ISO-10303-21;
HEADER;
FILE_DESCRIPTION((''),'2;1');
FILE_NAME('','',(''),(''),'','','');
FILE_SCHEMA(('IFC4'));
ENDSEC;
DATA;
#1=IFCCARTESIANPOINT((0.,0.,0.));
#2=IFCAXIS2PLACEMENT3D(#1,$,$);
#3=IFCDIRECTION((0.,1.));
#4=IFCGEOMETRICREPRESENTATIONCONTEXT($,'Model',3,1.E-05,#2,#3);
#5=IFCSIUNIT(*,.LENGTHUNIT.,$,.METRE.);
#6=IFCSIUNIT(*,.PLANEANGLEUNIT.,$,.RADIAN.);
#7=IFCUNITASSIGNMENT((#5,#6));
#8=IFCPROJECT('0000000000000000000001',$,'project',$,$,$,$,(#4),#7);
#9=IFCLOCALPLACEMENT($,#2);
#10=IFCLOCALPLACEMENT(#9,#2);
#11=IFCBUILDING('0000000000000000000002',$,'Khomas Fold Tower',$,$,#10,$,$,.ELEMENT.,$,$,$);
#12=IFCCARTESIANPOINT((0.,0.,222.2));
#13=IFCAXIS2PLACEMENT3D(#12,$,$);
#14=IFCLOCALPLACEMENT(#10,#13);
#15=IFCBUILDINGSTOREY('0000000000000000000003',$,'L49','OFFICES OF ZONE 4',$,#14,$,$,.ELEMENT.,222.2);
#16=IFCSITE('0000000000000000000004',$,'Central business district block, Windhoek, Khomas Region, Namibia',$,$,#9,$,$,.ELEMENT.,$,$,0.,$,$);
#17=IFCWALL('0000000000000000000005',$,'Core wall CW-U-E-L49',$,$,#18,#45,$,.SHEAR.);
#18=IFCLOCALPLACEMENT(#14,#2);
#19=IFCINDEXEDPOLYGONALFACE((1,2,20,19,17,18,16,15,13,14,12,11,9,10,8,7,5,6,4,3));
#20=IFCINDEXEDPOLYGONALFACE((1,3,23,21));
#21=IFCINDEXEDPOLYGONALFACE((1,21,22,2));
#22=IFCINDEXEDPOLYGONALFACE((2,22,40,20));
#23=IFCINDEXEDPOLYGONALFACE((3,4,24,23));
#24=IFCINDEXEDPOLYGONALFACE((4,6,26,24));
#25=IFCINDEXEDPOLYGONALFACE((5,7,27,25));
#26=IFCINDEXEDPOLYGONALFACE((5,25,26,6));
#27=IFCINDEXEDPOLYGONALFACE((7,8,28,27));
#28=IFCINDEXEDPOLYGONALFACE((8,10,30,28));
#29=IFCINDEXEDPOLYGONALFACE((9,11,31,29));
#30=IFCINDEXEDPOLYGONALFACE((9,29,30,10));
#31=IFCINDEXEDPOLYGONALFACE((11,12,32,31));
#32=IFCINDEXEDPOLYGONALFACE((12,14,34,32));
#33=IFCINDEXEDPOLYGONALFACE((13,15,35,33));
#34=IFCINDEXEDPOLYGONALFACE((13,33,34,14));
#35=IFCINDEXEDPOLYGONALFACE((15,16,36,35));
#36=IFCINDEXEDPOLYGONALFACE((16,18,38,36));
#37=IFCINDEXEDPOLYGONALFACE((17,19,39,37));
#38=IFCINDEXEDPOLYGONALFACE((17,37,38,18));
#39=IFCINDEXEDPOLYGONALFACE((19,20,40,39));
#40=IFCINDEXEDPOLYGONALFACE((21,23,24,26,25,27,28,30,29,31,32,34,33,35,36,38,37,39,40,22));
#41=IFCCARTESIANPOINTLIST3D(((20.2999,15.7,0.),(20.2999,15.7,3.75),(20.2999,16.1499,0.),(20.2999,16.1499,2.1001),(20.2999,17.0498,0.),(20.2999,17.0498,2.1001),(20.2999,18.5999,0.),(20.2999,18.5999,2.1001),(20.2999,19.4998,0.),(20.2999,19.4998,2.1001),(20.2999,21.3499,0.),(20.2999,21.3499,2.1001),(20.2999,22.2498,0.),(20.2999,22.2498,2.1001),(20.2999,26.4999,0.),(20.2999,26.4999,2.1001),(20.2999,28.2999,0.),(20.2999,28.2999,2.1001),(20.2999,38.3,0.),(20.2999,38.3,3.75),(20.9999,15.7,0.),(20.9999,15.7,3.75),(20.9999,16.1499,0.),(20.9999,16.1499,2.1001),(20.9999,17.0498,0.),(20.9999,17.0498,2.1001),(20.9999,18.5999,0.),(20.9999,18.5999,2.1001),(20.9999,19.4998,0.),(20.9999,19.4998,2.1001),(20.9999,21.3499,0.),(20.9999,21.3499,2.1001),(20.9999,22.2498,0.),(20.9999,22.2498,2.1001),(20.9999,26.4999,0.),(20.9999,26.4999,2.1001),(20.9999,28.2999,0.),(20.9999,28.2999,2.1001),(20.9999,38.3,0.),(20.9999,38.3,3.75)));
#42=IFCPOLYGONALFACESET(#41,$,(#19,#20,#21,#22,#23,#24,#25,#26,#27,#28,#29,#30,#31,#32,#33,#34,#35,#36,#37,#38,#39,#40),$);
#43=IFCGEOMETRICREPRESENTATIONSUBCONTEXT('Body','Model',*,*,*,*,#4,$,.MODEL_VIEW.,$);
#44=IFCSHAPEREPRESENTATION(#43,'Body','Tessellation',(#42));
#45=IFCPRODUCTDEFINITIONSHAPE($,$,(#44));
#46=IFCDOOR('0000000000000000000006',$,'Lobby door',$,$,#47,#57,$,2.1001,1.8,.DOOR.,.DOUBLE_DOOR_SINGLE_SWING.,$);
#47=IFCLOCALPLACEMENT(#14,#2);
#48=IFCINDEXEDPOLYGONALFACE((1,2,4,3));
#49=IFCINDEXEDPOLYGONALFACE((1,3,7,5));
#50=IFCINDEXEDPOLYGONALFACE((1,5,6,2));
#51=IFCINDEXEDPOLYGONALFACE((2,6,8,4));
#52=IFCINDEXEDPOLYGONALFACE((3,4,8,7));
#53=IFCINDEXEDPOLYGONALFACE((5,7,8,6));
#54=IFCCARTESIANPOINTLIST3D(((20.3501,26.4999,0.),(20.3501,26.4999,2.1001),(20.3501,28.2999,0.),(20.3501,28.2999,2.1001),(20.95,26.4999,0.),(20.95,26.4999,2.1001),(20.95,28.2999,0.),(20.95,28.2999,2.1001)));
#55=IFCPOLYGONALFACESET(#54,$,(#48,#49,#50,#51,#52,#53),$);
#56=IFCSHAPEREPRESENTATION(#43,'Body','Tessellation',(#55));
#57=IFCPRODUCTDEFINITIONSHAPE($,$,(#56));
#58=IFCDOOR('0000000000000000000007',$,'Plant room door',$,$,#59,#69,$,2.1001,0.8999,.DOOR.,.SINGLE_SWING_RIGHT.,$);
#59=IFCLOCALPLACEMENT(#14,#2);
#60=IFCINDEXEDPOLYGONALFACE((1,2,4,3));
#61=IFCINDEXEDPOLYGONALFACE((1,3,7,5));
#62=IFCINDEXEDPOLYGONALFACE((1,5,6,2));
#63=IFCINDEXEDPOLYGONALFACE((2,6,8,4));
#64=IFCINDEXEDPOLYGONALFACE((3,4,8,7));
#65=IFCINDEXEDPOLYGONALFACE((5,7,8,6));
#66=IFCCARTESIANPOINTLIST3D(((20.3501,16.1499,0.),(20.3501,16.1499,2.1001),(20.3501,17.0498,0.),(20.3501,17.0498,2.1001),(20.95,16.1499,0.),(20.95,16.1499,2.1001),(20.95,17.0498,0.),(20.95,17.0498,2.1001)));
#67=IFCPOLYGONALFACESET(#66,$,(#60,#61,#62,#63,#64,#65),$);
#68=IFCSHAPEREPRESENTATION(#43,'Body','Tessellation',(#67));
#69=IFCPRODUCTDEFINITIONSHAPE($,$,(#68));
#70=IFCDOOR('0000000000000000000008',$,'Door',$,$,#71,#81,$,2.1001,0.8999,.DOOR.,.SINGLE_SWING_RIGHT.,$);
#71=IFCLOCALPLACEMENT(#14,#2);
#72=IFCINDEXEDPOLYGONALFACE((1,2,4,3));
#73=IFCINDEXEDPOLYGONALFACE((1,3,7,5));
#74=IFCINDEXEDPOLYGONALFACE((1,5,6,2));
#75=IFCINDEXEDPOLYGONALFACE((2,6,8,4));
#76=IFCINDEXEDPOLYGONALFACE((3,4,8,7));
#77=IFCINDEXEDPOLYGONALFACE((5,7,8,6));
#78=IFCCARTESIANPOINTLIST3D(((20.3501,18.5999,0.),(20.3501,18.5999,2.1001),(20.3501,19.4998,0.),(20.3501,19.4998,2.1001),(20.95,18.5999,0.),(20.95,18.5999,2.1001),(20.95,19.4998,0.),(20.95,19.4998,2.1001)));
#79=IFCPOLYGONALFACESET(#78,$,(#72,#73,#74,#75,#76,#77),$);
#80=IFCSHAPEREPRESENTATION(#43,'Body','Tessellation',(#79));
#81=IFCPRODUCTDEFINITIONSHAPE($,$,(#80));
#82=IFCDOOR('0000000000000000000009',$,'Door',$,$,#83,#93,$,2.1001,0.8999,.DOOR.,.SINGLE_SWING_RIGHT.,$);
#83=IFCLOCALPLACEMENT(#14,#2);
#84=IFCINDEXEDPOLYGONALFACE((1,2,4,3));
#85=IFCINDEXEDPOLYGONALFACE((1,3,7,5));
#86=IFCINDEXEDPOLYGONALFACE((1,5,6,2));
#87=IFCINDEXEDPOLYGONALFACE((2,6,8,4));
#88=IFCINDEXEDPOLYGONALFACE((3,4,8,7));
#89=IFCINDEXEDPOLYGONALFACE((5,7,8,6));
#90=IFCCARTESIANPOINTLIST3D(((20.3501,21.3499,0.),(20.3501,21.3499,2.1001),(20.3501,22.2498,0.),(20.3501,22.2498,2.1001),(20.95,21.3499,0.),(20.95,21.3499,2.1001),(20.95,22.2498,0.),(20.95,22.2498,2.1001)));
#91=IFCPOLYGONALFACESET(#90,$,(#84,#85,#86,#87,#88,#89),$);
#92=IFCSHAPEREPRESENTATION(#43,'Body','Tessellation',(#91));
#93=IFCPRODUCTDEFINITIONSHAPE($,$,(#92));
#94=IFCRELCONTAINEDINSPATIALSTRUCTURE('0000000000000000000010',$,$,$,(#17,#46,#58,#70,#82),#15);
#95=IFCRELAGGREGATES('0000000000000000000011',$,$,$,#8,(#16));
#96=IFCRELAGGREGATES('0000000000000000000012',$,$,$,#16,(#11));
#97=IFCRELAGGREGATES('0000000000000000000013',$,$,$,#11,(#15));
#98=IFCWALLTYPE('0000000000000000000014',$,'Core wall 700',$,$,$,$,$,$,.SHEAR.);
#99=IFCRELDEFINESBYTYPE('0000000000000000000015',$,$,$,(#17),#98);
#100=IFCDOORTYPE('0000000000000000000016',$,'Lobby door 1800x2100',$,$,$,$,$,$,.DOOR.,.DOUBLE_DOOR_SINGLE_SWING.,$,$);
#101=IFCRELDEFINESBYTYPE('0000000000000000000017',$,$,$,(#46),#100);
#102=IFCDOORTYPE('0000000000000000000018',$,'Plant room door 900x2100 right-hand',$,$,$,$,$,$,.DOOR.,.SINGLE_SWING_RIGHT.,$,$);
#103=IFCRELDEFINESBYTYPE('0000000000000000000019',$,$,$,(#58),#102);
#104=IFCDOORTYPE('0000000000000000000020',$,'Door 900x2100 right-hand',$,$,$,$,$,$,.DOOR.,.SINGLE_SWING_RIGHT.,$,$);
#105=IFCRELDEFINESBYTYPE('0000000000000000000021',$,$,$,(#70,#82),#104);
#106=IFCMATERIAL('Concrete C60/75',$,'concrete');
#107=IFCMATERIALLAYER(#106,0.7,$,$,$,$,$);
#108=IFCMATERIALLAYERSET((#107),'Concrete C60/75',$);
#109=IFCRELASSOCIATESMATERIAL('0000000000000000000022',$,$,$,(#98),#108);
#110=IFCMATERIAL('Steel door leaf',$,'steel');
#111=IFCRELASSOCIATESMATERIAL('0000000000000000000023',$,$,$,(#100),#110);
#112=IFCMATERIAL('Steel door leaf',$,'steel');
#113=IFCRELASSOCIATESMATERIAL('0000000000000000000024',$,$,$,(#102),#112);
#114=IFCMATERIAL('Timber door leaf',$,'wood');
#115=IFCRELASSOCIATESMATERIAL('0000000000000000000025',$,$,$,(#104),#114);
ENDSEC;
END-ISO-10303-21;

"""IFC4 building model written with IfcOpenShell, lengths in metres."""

from ifc_helpers import new_model, si_unit, direction, frame, frame_2d, origin, place, context, subcontext, project, spatial, rectangle, extrude, source, transform, mapped, material, layer, layer_set, type_object, element, fill, save


model = new_model("IFC4")

# Units and contexts
model_context = context("Model", 3, precision=1e-05, world=origin(), true_north=direction((0.0, 1.0)))
body_context = subcontext(model_context, "Body", "Model", "MODEL_VIEW")
ifc_project = project(units=[si_unit("LENGTHUNIT", "METRE"), si_unit("PLANEANGLEUNIT", "RADIAN")], contexts=[model_context])

# Site, building, storey
site_placement = place(None, origin())
site = spatial("IfcSite", under=ifc_project, at=site_placement, Name="Central business district block, Windhoek, Khomas Region, Namibia", CompositionType="ELEMENT", RefElevation=0.0)
building_placement = place(site_placement, origin())
building = spatial("IfcBuilding", under=site, at=building_placement, Name="Khomas Fold Tower", CompositionType="ELEMENT")
storey_placement = place(building_placement, frame((0.0, 0.0, 222.2)))
storey = spatial("IfcBuildingStorey", under=building, at=storey_placement, Name="L49", Description="OFFICES OF ZONE 4", CompositionType="ELEMENT", Elevation=222.2)

# Wall, openings, doors
ifc_material_1 = material(Name="Concrete C60/75", Category="concrete")
ifc_layer_1 = layer(ifc_material_1, 0.7)
ifc_layer_set_1 = layer_set([ifc_layer_1], Name="Concrete C60/75")
wall_type_1 = type_object("IfcWallType", Name="Core wall 700", PredefinedType="SHEAR", material=ifc_layer_set_1)
shared_shape_1 = source(origin(), body_context, "Body", "SweptSolid", [
    extrude(rectangle(XDim=22.6001, YDim=0.7, at=frame_2d((11.3, 0.0))), origin(), (0.0, 0.0, 1.0), 3.75),
])
wall_1_placement = place(storey_placement, frame((20.6499, 15.7, 0.0), z_axis=(0.0, 0.0, 1.0), x_axis=(0.0, 1.0, 0.0)))
wall_1 = element("IfcWall", 1, at=wall_1_placement, inside=storey, type_object=wall_type_1, Name="Core wall CW-U-E-L49", PredefinedType="SHEAR", context=body_context, shape_type="MappedRepresentation", body=[
    mapped(shared_shape_1, transform((0.0, 0.0, 0.0))),
])
shared_shape_2 = source(origin(), body_context, "Body", "SweptSolid", [
    extrude(rectangle(XDim=1.8, YDim=2.1001, at=frame_2d((0.8999, 1.05))), frame((0.0, 0.3599, 0.0), z_axis=(0.0, -1.0, 0.0), x_axis=(1.0, 0.0, 0.0)), (0.0, 0.0, 1.0), 0.72),
])
opening_1_placement = place(wall_1_placement, frame((10.8, 0.0, 0.0)))
opening_1 = element("IfcOpeningElement", 2, at=opening_1_placement, cuts=wall_1, PredefinedType="OPENING", context=body_context, shape_type="MappedRepresentation", body=[
    mapped(shared_shape_2, transform((0.0, 0.0, 0.0))),
])
shared_shape_3 = source(origin(), body_context, "Body", "SweptSolid", [
    extrude(rectangle(XDim=0.8999, YDim=2.1001, at=frame_2d((0.45, 1.05))), frame((0.0, 0.3599, 0.0), z_axis=(0.0, -1.0, 0.0), x_axis=(1.0, 0.0, 0.0)), (0.0, 0.0, 1.0), 0.72),
])
opening_2_placement = place(wall_1_placement, frame((0.45, 0.0, 0.0)))
opening_2 = element("IfcOpeningElement", 3, at=opening_2_placement, cuts=wall_1, PredefinedType="OPENING", context=body_context, shape_type="MappedRepresentation", body=[
    mapped(shared_shape_3, transform((0.0, 0.0, 0.0))),
])
opening_3_placement = place(wall_1_placement, frame((2.8999, 0.0, 0.0)))
opening_3 = element("IfcOpeningElement", 4, at=opening_3_placement, cuts=wall_1, PredefinedType="OPENING", context=body_context, shape_type="MappedRepresentation", body=[
    mapped(shared_shape_3, transform((0.0, 0.0, 0.0))),
])
opening_4_placement = place(wall_1_placement, frame((5.6499, 0.0, 0.0)))
opening_4 = element("IfcOpeningElement", 5, at=opening_4_placement, cuts=wall_1, PredefinedType="OPENING", context=body_context, shape_type="MappedRepresentation", body=[
    mapped(shared_shape_3, transform((0.0, 0.0, 0.0))),
])
ifc_material_2 = material(Name="Steel door leaf", Category="steel")
door_type_1 = type_object("IfcDoorType", Name="Lobby door 1800x2100", OperationType="DOUBLE_DOOR_SINGLE_SWING", PredefinedType="DOOR", material=ifc_material_2)
shared_shape_4 = source(origin(), body_context, "Body", "SweptSolid", [
    extrude(rectangle(XDim=1.8, YDim=2.1001, at=frame_2d((0.8999, 1.05))), frame((0.0, 0.2998, 0.0), z_axis=(0.0, -1.0, 0.0), x_axis=(1.0, 0.0, 0.0)), (0.0, 0.0, 1.0), 0.5999),
])
door_1_placement = place(opening_1_placement, origin())
door_1 = element("IfcDoor", 6, at=door_1_placement, inside=storey, type_object=door_type_1, Name="Lobby door", OperationType="DOUBLE_DOOR_SINGLE_SWING", OverallHeight=2.1001, OverallWidth=1.8, PredefinedType="DOOR", context=body_context, shape_type="MappedRepresentation", body=[
    mapped(shared_shape_4, transform((0.0, 0.0, 0.0))),
])
fill(opening_1, door_1)
ifc_material_3 = material(Name="Steel door leaf", Category="steel")
door_type_2 = type_object("IfcDoorType", Name="Plant room door 900x2100 right-hand", OperationType="SINGLE_SWING_RIGHT", PredefinedType="DOOR", material=ifc_material_3)
shared_shape_5 = source(origin(), body_context, "Body", "SweptSolid", [
    extrude(rectangle(XDim=0.8999, YDim=2.1001, at=frame_2d((0.45, 1.05))), frame((0.0, 0.2998, 0.0), z_axis=(0.0, -1.0, 0.0), x_axis=(1.0, 0.0, 0.0)), (0.0, 0.0, 1.0), 0.5999),
])
door_2_placement = place(opening_2_placement, origin())
door_2 = element("IfcDoor", 7, at=door_2_placement, inside=storey, type_object=door_type_2, Name="Plant room door", OperationType="SINGLE_SWING_RIGHT", OverallHeight=2.1001, OverallWidth=0.8999, PredefinedType="DOOR", context=body_context, shape_type="MappedRepresentation", body=[
    mapped(shared_shape_5, transform((0.0, 0.0, 0.0))),
])
fill(opening_2, door_2)
ifc_material_4 = material(Name="Timber door leaf", Category="wood")
door_type_3 = type_object("IfcDoorType", Name="Door 900x2100 right-hand", OperationType="SINGLE_SWING_RIGHT", PredefinedType="DOOR", material=ifc_material_4)
door_3_placement = place(opening_3_placement, origin())
door_3 = element("IfcDoor", 8, at=door_3_placement, inside=storey, type_object=door_type_3, Name="Door", OperationType="SINGLE_SWING_RIGHT", OverallHeight=2.1001, OverallWidth=0.8999, PredefinedType="DOOR", context=body_context, shape_type="MappedRepresentation", body=[
    mapped(shared_shape_5, transform((0.0, 0.0, 0.0))),
])
fill(opening_3, door_3)
door_4_placement = place(opening_4_placement, origin())
door_4 = element("IfcDoor", 9, at=door_4_placement, inside=storey, type_object=door_type_3, Name="Door", OperationType="SINGLE_SWING_RIGHT", OverallHeight=2.1001, OverallWidth=0.8999, PredefinedType="DOOR", context=body_context, shape_type="MappedRepresentation", body=[
    mapped(shared_shape_5, transform((0.0, 0.0, 0.0))),
])
fill(opening_4, door_4)

save(model, "model.ifc")
